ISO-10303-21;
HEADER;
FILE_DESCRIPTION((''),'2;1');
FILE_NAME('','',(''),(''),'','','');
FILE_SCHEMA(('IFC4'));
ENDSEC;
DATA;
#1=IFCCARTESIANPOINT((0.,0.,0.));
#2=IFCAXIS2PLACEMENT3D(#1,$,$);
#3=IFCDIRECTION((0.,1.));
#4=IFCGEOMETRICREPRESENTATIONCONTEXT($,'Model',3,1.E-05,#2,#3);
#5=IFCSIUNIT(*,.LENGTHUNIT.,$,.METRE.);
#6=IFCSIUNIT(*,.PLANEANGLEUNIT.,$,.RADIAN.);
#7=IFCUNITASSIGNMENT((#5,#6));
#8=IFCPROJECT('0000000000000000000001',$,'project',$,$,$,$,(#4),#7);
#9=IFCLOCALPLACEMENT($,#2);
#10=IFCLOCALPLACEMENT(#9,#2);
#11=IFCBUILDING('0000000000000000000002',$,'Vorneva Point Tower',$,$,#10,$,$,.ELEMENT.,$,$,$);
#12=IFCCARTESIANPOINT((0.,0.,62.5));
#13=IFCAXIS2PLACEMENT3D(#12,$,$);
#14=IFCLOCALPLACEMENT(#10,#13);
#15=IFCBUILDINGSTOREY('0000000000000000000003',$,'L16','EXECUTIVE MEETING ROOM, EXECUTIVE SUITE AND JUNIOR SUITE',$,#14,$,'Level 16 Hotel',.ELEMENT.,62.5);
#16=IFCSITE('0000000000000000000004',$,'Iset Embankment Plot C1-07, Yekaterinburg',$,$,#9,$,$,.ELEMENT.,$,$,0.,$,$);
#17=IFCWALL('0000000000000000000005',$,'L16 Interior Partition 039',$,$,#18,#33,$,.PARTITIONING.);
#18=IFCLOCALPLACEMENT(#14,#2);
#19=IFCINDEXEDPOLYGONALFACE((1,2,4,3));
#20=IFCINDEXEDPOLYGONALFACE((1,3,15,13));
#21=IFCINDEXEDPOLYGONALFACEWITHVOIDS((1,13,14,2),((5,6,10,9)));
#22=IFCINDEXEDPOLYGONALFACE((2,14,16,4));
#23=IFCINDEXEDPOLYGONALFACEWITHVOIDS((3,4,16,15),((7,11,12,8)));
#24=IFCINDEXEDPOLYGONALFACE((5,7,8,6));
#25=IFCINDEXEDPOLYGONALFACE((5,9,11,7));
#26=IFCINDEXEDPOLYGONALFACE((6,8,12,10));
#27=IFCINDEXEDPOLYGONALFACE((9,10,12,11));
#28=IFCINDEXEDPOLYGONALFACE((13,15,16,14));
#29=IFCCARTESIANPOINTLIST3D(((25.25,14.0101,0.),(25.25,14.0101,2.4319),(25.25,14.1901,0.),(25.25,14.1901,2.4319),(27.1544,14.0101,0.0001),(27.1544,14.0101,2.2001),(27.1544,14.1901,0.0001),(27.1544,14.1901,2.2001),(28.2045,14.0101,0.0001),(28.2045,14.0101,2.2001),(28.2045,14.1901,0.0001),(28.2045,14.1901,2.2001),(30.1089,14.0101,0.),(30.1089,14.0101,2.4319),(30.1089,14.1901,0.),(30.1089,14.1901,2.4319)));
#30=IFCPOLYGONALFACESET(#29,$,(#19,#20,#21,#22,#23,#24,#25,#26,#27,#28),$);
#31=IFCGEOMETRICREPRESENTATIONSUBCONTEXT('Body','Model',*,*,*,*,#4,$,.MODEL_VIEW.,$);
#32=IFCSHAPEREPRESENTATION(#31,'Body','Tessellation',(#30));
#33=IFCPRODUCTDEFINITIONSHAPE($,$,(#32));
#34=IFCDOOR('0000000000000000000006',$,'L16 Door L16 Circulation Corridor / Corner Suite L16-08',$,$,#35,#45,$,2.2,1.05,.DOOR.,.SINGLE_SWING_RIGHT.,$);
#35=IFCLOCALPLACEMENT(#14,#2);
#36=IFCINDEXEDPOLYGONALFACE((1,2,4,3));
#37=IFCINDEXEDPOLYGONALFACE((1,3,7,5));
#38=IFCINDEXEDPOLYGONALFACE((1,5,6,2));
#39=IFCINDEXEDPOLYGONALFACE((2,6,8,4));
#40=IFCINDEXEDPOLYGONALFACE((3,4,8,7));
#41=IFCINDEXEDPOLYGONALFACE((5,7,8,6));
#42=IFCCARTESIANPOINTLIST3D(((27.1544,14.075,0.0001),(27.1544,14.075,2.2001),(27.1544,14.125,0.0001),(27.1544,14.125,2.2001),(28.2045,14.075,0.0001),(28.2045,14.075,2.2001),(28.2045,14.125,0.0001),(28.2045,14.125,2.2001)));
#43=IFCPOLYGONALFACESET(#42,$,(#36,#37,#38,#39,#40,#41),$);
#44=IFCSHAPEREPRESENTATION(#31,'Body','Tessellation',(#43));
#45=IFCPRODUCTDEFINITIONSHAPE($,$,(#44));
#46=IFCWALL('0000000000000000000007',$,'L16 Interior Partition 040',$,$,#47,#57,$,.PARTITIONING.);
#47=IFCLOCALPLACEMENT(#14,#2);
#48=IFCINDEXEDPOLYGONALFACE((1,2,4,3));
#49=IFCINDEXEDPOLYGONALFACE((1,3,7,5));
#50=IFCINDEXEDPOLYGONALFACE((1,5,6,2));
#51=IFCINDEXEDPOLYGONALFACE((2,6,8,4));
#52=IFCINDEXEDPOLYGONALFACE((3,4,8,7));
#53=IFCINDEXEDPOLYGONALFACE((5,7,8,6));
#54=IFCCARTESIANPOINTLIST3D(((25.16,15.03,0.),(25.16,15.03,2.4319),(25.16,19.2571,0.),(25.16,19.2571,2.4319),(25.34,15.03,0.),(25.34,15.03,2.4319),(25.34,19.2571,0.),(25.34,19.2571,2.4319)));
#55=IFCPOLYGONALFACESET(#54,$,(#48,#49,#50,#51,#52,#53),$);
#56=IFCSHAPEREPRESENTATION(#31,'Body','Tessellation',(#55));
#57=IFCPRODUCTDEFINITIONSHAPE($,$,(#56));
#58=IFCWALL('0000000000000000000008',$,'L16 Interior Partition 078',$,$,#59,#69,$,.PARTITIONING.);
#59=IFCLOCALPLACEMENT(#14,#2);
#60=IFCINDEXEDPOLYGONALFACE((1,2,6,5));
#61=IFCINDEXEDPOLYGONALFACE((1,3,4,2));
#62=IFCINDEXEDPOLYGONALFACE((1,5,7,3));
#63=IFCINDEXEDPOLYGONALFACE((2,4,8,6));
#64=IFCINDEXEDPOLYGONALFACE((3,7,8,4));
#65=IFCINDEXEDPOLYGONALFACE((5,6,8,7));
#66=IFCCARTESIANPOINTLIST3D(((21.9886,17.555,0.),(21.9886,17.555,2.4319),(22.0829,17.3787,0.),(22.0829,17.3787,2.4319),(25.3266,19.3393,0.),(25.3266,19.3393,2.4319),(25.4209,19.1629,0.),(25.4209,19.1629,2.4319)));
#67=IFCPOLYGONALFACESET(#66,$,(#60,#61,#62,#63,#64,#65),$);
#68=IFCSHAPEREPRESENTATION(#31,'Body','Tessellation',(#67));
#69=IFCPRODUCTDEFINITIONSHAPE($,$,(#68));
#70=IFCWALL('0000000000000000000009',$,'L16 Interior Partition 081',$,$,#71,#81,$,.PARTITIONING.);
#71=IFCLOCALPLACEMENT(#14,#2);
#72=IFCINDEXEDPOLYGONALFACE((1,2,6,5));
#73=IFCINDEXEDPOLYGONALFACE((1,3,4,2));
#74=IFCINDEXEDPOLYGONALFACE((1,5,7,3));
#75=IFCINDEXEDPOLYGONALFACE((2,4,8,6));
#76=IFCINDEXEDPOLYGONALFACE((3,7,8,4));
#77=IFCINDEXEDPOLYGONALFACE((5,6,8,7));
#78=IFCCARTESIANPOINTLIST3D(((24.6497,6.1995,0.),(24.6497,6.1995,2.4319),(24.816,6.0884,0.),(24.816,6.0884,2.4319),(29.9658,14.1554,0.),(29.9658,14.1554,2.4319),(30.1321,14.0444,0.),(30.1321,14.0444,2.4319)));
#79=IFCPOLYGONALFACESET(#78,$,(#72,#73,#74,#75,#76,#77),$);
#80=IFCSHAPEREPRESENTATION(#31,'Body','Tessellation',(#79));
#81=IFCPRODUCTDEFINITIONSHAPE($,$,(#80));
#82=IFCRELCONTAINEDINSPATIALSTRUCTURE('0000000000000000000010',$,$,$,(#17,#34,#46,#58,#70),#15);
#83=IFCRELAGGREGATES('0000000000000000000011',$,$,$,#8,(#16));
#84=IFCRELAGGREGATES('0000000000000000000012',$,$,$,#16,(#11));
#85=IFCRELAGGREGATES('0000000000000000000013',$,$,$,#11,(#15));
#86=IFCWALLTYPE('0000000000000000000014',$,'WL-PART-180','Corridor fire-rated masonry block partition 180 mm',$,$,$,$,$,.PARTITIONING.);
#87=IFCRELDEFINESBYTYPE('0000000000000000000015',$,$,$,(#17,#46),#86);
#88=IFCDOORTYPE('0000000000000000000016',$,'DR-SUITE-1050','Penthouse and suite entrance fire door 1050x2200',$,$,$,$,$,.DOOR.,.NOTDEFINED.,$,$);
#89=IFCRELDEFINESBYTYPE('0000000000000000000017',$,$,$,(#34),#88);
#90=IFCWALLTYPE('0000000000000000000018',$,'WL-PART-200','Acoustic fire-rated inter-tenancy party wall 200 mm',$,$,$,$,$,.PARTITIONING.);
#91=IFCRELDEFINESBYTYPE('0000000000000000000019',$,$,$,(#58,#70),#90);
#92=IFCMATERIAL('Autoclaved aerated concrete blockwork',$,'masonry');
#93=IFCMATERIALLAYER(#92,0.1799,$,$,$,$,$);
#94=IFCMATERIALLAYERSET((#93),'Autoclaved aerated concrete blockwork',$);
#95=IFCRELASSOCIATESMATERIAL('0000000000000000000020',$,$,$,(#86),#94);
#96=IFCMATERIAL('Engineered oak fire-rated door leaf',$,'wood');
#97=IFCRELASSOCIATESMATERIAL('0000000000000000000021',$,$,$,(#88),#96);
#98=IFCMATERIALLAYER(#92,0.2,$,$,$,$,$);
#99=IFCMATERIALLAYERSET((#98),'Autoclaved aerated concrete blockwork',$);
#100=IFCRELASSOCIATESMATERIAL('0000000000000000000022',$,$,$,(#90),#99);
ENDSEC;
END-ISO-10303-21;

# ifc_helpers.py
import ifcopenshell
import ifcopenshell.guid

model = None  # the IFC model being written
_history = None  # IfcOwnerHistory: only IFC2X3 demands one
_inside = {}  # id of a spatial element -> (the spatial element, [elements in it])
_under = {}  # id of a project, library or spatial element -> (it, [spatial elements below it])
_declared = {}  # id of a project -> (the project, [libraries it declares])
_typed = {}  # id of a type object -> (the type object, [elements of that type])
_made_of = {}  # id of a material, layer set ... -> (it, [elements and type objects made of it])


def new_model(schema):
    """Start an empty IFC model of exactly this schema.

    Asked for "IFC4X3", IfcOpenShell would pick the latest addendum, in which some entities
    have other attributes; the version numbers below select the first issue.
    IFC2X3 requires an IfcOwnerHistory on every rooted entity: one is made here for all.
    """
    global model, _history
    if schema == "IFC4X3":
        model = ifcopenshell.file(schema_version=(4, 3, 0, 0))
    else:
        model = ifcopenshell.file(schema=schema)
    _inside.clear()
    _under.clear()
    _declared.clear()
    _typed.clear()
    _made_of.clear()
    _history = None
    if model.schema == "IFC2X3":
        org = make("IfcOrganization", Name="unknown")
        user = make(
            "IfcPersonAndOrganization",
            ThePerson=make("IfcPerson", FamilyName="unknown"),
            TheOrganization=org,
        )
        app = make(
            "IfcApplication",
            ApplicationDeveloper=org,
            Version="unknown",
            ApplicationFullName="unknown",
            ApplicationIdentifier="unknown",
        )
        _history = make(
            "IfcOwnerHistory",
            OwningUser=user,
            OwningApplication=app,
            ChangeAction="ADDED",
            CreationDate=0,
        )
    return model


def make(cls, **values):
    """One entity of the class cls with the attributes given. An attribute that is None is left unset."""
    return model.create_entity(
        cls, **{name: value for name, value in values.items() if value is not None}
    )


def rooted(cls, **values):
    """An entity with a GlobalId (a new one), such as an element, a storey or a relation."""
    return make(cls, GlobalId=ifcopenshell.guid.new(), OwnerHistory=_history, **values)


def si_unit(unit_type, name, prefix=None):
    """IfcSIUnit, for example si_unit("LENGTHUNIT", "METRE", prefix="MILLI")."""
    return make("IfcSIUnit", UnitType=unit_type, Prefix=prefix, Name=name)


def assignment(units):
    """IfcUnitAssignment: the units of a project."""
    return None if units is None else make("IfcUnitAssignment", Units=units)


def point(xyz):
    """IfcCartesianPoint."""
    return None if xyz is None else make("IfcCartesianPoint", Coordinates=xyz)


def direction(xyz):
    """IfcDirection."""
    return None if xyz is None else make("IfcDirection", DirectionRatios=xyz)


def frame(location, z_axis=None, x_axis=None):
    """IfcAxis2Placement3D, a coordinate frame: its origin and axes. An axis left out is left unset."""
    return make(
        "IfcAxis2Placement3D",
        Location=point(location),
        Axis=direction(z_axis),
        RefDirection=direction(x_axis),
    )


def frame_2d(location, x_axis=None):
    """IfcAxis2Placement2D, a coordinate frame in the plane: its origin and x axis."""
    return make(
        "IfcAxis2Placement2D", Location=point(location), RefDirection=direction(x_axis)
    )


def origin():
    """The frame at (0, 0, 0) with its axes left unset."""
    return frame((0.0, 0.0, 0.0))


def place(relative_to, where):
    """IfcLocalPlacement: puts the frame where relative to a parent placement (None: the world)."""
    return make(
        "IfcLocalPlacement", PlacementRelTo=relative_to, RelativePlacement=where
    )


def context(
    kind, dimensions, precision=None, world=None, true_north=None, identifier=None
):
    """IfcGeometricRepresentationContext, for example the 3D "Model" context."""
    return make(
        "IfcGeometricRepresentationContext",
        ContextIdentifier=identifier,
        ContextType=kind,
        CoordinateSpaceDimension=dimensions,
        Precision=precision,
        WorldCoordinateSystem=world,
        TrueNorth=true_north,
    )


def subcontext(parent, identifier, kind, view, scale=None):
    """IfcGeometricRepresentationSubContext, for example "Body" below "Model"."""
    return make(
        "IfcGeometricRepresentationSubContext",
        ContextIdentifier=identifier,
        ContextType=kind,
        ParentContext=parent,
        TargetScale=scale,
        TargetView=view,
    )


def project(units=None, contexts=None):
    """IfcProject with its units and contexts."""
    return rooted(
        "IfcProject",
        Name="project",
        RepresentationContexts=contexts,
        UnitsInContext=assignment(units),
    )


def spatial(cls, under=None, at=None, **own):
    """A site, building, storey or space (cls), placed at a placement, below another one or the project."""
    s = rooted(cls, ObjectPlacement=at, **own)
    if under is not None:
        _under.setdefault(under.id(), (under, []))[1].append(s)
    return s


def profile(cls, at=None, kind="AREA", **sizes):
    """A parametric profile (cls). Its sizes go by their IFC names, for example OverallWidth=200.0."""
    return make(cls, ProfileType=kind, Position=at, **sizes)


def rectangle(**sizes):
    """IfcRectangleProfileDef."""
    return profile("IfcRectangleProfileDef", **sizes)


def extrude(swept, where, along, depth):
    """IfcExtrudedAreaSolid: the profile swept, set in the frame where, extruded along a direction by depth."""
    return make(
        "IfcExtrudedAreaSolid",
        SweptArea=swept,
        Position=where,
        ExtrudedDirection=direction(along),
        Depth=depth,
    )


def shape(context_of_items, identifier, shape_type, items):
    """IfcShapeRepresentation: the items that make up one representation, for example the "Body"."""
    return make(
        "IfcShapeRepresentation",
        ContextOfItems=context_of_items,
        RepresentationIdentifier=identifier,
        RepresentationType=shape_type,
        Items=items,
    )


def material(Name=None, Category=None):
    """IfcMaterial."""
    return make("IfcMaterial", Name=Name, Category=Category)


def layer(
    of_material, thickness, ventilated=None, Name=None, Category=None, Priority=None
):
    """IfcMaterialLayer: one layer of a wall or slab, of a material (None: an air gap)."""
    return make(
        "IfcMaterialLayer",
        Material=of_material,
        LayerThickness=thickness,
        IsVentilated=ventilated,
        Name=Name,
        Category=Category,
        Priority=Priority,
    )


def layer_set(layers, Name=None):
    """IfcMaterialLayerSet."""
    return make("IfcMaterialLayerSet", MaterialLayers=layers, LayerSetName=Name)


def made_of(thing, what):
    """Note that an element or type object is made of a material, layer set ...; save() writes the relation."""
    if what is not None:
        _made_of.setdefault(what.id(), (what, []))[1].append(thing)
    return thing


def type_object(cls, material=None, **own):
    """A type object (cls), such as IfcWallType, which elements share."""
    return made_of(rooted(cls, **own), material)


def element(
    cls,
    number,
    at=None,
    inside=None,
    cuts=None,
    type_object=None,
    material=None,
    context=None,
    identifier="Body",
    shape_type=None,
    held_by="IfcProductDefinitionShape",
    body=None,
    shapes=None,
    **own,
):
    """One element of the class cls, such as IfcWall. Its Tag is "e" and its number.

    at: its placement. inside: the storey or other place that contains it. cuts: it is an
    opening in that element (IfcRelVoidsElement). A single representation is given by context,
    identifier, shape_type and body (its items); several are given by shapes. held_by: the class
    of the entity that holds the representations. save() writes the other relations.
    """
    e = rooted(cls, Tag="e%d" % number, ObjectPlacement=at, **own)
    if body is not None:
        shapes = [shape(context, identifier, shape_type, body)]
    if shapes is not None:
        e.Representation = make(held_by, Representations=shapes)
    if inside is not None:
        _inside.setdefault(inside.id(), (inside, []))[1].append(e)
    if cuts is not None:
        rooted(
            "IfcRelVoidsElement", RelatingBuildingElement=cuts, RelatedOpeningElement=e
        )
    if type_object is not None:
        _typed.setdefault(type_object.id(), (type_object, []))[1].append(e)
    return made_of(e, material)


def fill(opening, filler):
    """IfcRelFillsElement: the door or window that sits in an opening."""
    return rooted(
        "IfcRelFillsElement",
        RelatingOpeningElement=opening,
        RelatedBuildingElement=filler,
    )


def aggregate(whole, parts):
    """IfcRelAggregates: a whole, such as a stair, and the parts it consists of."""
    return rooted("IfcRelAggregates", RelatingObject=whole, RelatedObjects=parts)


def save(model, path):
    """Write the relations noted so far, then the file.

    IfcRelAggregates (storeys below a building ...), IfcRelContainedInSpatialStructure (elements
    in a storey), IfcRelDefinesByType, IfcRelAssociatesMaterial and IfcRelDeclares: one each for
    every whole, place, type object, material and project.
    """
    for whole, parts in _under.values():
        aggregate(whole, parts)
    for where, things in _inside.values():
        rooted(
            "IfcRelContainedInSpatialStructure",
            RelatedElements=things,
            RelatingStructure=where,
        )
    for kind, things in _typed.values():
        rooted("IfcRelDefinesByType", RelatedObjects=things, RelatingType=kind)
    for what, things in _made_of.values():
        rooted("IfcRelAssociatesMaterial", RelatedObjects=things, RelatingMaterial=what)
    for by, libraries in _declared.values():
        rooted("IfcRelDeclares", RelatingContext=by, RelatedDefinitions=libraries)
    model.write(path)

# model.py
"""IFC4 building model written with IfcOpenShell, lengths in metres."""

from ifc_helpers import new_model, si_unit, direction, frame, frame_2d, origin, place, context, subcontext, project, spatial, rectangle, extrude, material, layer, layer_set, type_object, element, fill, save


model = new_model("IFC4")

# Units and contexts
model_context = context("Model", 3, precision=1e-05, world=origin(), true_north=direction((0.0, 1.0)))
body_context = subcontext(model_context, "Body", "Model", "MODEL_VIEW")
ifc_project = project(units=[si_unit("LENGTHUNIT", "METRE"), si_unit("PLANEANGLEUNIT", "RADIAN")], contexts=[model_context])

# Site, building, storey
site_placement = place(None, origin())
site = spatial("IfcSite", under=ifc_project, at=site_placement, Name="Iset Embankment Plot C1-07, Yekaterinburg", CompositionType="ELEMENT", RefElevation=0.0)
building_placement = place(site_placement, origin())
building = spatial("IfcBuilding", under=site, at=building_placement, Name="Vorneva Point Tower", CompositionType="ELEMENT")
storey_placement = place(building_placement, frame((0.0, 0.0, 62.5)))
storey = spatial("IfcBuildingStorey", under=building, at=storey_placement, Name="L16", Description="EXECUTIVE MEETING ROOM, EXECUTIVE SUITE AND JUNIOR SUITE", LongName="Level 16 Hotel", CompositionType="ELEMENT", Elevation=62.5)

# Shared definitions
ifc_material_1 = material(Name="Engineered oak fire-rated door leaf", Category="wood")

# Shared definitions
ifc_material_2 = material(Name="Autoclaved aerated concrete blockwork", Category="masonry")
ifc_layer_1 = layer(ifc_material_2, 0.1799)
ifc_layer_set_1 = layer_set([ifc_layer_1], Name="Autoclaved aerated concrete blockwork")
wall_type_1 = type_object("IfcWallType", Name="WL-PART-180", Description="Corridor fire-rated masonry block partition 180 mm", PredefinedType="PARTITIONING", material=ifc_layer_set_1)
door_type_1 = type_object("IfcDoorType", Name="DR-SUITE-1050", Description="Penthouse and suite entrance fire door 1050x2200", OperationType="NOTDEFINED", PredefinedType="DOOR", material=ifc_material_1)

# Wall, opening, door
wall_1_placement = place(storey_placement, frame((25.25, 14.1001, 0.0), z_axis=(0.0, 0.0, 1.0), x_axis=(1.0, 0.0, 0.0)))
wall_1 = element("IfcWall", 1, at=wall_1_placement, inside=storey, type_object=wall_type_1, Name="L16 Interior Partition 039", PredefinedType="PARTITIONING", context=body_context, shape_type="SweptSolid", body=[
    extrude(rectangle(XDim=4.8589, YDim=0.1799, at=frame_2d((2.4294, 0.0))), origin(), (0.0, 0.0, 1.0), 2.4319),
])
opening_1_placement = place(wall_1_placement, frame((1.9045, 0.0, 0.0)))
opening_1 = element("IfcOpeningElement", 2, at=opening_1_placement, cuts=wall_1, PredefinedType="OPENING", context=body_context, shape_type="SweptSolid", body=[
    extrude(rectangle(XDim=1.05, YDim=2.2, at=frame_2d((0.5249, 1.1001))), frame((0.0, 0.105, 0.0), z_axis=(0.0, -1.0, 0.0), x_axis=(1.0, 0.0, 0.0)), (0.0, 0.0, 1.0), 0.2097),
])
door_1_placement = place(opening_1_placement, origin())
door_1 = element("IfcDoor", 3, at=door_1_placement, inside=storey, type_object=door_type_1, Name="L16 Door L16 Circulation Corridor / Corner Suite L16-08", OperationType="SINGLE_SWING_RIGHT", OverallHeight=2.2, OverallWidth=1.05, PredefinedType="DOOR", context=body_context, shape_type="SweptSolid", body=[
    extrude(rectangle(XDim=1.05, YDim=2.2, at=frame_2d((0.5249, 1.1001))), frame((0.0, 0.0249, 0.0), z_axis=(0.0, -1.0, 0.0), x_axis=(1.0, 0.0, 0.0)), (0.0, 0.0, 1.0), 0.05),
])
fill(opening_1, door_1)

# Walls
wall_2_placement = place(storey_placement, frame((25.25, 19.2571, 0.0), z_axis=(0.0, 0.0, 1.0), x_axis=(0.0, -1.0, 0.0)))
element("IfcWall", 4, at=wall_2_placement, inside=storey, type_object=wall_type_1, Name="L16 Interior Partition 040", PredefinedType="PARTITIONING", context=body_context, shape_type="SweptSolid", body=[
    extrude(rectangle(XDim=4.2271, YDim=0.1799, at=frame_2d((2.1135, 0.0))), origin(), (0.0, 0.0, 1.0), 2.4319),
])
ifc_layer_2 = layer(ifc_material_2, 0.2)
ifc_layer_set_2 = layer_set([ifc_layer_2], Name="Autoclaved aerated concrete blockwork")
wall_type_2 = type_object("IfcWallType", Name="WL-PART-200", Description="Acoustic fire-rated inter-tenancy party wall 200 mm", PredefinedType="PARTITIONING", material=ifc_layer_set_2)
wall_3_placement = place(storey_placement, frame((22.0356, 17.4668, 0.0), z_axis=(0.0, 0.0, 1.0), x_axis=(0.881917, 0.471405, 0.0)))
element("IfcWall", 5, at=wall_3_placement, inside=storey, type_object=wall_type_2, Name="L16 Interior Partition 078", PredefinedType="PARTITIONING", context=body_context, shape_type="SweptSolid", body=[
    extrude(rectangle(XDim=3.7849, YDim=0.2, at=frame_2d((1.8926, 0.0))), origin(), (0.0, 0.0, 1.0), 2.4319),
])
wall_4_placement = place(storey_placement, frame((24.7329, 6.144, 0.0), z_axis=(0.0, 0.0, 1.0), x_axis=(0.555577, 0.831465, 0.0)))
element("IfcWall", 6, at=wall_4_placement, inside=storey, type_object=wall_type_2, Name="L16 Interior Partition 081", PredefinedType="PARTITIONING", context=body_context, shape_type="SweptSolid", body=[
    extrude(rectangle(XDim=9.5686, YDim=0.2, at=frame_2d((4.7842, 0.0))), origin(), (0.0, 0.0, 1.0), 2.4319),
])

save(model, "model.ifc")
